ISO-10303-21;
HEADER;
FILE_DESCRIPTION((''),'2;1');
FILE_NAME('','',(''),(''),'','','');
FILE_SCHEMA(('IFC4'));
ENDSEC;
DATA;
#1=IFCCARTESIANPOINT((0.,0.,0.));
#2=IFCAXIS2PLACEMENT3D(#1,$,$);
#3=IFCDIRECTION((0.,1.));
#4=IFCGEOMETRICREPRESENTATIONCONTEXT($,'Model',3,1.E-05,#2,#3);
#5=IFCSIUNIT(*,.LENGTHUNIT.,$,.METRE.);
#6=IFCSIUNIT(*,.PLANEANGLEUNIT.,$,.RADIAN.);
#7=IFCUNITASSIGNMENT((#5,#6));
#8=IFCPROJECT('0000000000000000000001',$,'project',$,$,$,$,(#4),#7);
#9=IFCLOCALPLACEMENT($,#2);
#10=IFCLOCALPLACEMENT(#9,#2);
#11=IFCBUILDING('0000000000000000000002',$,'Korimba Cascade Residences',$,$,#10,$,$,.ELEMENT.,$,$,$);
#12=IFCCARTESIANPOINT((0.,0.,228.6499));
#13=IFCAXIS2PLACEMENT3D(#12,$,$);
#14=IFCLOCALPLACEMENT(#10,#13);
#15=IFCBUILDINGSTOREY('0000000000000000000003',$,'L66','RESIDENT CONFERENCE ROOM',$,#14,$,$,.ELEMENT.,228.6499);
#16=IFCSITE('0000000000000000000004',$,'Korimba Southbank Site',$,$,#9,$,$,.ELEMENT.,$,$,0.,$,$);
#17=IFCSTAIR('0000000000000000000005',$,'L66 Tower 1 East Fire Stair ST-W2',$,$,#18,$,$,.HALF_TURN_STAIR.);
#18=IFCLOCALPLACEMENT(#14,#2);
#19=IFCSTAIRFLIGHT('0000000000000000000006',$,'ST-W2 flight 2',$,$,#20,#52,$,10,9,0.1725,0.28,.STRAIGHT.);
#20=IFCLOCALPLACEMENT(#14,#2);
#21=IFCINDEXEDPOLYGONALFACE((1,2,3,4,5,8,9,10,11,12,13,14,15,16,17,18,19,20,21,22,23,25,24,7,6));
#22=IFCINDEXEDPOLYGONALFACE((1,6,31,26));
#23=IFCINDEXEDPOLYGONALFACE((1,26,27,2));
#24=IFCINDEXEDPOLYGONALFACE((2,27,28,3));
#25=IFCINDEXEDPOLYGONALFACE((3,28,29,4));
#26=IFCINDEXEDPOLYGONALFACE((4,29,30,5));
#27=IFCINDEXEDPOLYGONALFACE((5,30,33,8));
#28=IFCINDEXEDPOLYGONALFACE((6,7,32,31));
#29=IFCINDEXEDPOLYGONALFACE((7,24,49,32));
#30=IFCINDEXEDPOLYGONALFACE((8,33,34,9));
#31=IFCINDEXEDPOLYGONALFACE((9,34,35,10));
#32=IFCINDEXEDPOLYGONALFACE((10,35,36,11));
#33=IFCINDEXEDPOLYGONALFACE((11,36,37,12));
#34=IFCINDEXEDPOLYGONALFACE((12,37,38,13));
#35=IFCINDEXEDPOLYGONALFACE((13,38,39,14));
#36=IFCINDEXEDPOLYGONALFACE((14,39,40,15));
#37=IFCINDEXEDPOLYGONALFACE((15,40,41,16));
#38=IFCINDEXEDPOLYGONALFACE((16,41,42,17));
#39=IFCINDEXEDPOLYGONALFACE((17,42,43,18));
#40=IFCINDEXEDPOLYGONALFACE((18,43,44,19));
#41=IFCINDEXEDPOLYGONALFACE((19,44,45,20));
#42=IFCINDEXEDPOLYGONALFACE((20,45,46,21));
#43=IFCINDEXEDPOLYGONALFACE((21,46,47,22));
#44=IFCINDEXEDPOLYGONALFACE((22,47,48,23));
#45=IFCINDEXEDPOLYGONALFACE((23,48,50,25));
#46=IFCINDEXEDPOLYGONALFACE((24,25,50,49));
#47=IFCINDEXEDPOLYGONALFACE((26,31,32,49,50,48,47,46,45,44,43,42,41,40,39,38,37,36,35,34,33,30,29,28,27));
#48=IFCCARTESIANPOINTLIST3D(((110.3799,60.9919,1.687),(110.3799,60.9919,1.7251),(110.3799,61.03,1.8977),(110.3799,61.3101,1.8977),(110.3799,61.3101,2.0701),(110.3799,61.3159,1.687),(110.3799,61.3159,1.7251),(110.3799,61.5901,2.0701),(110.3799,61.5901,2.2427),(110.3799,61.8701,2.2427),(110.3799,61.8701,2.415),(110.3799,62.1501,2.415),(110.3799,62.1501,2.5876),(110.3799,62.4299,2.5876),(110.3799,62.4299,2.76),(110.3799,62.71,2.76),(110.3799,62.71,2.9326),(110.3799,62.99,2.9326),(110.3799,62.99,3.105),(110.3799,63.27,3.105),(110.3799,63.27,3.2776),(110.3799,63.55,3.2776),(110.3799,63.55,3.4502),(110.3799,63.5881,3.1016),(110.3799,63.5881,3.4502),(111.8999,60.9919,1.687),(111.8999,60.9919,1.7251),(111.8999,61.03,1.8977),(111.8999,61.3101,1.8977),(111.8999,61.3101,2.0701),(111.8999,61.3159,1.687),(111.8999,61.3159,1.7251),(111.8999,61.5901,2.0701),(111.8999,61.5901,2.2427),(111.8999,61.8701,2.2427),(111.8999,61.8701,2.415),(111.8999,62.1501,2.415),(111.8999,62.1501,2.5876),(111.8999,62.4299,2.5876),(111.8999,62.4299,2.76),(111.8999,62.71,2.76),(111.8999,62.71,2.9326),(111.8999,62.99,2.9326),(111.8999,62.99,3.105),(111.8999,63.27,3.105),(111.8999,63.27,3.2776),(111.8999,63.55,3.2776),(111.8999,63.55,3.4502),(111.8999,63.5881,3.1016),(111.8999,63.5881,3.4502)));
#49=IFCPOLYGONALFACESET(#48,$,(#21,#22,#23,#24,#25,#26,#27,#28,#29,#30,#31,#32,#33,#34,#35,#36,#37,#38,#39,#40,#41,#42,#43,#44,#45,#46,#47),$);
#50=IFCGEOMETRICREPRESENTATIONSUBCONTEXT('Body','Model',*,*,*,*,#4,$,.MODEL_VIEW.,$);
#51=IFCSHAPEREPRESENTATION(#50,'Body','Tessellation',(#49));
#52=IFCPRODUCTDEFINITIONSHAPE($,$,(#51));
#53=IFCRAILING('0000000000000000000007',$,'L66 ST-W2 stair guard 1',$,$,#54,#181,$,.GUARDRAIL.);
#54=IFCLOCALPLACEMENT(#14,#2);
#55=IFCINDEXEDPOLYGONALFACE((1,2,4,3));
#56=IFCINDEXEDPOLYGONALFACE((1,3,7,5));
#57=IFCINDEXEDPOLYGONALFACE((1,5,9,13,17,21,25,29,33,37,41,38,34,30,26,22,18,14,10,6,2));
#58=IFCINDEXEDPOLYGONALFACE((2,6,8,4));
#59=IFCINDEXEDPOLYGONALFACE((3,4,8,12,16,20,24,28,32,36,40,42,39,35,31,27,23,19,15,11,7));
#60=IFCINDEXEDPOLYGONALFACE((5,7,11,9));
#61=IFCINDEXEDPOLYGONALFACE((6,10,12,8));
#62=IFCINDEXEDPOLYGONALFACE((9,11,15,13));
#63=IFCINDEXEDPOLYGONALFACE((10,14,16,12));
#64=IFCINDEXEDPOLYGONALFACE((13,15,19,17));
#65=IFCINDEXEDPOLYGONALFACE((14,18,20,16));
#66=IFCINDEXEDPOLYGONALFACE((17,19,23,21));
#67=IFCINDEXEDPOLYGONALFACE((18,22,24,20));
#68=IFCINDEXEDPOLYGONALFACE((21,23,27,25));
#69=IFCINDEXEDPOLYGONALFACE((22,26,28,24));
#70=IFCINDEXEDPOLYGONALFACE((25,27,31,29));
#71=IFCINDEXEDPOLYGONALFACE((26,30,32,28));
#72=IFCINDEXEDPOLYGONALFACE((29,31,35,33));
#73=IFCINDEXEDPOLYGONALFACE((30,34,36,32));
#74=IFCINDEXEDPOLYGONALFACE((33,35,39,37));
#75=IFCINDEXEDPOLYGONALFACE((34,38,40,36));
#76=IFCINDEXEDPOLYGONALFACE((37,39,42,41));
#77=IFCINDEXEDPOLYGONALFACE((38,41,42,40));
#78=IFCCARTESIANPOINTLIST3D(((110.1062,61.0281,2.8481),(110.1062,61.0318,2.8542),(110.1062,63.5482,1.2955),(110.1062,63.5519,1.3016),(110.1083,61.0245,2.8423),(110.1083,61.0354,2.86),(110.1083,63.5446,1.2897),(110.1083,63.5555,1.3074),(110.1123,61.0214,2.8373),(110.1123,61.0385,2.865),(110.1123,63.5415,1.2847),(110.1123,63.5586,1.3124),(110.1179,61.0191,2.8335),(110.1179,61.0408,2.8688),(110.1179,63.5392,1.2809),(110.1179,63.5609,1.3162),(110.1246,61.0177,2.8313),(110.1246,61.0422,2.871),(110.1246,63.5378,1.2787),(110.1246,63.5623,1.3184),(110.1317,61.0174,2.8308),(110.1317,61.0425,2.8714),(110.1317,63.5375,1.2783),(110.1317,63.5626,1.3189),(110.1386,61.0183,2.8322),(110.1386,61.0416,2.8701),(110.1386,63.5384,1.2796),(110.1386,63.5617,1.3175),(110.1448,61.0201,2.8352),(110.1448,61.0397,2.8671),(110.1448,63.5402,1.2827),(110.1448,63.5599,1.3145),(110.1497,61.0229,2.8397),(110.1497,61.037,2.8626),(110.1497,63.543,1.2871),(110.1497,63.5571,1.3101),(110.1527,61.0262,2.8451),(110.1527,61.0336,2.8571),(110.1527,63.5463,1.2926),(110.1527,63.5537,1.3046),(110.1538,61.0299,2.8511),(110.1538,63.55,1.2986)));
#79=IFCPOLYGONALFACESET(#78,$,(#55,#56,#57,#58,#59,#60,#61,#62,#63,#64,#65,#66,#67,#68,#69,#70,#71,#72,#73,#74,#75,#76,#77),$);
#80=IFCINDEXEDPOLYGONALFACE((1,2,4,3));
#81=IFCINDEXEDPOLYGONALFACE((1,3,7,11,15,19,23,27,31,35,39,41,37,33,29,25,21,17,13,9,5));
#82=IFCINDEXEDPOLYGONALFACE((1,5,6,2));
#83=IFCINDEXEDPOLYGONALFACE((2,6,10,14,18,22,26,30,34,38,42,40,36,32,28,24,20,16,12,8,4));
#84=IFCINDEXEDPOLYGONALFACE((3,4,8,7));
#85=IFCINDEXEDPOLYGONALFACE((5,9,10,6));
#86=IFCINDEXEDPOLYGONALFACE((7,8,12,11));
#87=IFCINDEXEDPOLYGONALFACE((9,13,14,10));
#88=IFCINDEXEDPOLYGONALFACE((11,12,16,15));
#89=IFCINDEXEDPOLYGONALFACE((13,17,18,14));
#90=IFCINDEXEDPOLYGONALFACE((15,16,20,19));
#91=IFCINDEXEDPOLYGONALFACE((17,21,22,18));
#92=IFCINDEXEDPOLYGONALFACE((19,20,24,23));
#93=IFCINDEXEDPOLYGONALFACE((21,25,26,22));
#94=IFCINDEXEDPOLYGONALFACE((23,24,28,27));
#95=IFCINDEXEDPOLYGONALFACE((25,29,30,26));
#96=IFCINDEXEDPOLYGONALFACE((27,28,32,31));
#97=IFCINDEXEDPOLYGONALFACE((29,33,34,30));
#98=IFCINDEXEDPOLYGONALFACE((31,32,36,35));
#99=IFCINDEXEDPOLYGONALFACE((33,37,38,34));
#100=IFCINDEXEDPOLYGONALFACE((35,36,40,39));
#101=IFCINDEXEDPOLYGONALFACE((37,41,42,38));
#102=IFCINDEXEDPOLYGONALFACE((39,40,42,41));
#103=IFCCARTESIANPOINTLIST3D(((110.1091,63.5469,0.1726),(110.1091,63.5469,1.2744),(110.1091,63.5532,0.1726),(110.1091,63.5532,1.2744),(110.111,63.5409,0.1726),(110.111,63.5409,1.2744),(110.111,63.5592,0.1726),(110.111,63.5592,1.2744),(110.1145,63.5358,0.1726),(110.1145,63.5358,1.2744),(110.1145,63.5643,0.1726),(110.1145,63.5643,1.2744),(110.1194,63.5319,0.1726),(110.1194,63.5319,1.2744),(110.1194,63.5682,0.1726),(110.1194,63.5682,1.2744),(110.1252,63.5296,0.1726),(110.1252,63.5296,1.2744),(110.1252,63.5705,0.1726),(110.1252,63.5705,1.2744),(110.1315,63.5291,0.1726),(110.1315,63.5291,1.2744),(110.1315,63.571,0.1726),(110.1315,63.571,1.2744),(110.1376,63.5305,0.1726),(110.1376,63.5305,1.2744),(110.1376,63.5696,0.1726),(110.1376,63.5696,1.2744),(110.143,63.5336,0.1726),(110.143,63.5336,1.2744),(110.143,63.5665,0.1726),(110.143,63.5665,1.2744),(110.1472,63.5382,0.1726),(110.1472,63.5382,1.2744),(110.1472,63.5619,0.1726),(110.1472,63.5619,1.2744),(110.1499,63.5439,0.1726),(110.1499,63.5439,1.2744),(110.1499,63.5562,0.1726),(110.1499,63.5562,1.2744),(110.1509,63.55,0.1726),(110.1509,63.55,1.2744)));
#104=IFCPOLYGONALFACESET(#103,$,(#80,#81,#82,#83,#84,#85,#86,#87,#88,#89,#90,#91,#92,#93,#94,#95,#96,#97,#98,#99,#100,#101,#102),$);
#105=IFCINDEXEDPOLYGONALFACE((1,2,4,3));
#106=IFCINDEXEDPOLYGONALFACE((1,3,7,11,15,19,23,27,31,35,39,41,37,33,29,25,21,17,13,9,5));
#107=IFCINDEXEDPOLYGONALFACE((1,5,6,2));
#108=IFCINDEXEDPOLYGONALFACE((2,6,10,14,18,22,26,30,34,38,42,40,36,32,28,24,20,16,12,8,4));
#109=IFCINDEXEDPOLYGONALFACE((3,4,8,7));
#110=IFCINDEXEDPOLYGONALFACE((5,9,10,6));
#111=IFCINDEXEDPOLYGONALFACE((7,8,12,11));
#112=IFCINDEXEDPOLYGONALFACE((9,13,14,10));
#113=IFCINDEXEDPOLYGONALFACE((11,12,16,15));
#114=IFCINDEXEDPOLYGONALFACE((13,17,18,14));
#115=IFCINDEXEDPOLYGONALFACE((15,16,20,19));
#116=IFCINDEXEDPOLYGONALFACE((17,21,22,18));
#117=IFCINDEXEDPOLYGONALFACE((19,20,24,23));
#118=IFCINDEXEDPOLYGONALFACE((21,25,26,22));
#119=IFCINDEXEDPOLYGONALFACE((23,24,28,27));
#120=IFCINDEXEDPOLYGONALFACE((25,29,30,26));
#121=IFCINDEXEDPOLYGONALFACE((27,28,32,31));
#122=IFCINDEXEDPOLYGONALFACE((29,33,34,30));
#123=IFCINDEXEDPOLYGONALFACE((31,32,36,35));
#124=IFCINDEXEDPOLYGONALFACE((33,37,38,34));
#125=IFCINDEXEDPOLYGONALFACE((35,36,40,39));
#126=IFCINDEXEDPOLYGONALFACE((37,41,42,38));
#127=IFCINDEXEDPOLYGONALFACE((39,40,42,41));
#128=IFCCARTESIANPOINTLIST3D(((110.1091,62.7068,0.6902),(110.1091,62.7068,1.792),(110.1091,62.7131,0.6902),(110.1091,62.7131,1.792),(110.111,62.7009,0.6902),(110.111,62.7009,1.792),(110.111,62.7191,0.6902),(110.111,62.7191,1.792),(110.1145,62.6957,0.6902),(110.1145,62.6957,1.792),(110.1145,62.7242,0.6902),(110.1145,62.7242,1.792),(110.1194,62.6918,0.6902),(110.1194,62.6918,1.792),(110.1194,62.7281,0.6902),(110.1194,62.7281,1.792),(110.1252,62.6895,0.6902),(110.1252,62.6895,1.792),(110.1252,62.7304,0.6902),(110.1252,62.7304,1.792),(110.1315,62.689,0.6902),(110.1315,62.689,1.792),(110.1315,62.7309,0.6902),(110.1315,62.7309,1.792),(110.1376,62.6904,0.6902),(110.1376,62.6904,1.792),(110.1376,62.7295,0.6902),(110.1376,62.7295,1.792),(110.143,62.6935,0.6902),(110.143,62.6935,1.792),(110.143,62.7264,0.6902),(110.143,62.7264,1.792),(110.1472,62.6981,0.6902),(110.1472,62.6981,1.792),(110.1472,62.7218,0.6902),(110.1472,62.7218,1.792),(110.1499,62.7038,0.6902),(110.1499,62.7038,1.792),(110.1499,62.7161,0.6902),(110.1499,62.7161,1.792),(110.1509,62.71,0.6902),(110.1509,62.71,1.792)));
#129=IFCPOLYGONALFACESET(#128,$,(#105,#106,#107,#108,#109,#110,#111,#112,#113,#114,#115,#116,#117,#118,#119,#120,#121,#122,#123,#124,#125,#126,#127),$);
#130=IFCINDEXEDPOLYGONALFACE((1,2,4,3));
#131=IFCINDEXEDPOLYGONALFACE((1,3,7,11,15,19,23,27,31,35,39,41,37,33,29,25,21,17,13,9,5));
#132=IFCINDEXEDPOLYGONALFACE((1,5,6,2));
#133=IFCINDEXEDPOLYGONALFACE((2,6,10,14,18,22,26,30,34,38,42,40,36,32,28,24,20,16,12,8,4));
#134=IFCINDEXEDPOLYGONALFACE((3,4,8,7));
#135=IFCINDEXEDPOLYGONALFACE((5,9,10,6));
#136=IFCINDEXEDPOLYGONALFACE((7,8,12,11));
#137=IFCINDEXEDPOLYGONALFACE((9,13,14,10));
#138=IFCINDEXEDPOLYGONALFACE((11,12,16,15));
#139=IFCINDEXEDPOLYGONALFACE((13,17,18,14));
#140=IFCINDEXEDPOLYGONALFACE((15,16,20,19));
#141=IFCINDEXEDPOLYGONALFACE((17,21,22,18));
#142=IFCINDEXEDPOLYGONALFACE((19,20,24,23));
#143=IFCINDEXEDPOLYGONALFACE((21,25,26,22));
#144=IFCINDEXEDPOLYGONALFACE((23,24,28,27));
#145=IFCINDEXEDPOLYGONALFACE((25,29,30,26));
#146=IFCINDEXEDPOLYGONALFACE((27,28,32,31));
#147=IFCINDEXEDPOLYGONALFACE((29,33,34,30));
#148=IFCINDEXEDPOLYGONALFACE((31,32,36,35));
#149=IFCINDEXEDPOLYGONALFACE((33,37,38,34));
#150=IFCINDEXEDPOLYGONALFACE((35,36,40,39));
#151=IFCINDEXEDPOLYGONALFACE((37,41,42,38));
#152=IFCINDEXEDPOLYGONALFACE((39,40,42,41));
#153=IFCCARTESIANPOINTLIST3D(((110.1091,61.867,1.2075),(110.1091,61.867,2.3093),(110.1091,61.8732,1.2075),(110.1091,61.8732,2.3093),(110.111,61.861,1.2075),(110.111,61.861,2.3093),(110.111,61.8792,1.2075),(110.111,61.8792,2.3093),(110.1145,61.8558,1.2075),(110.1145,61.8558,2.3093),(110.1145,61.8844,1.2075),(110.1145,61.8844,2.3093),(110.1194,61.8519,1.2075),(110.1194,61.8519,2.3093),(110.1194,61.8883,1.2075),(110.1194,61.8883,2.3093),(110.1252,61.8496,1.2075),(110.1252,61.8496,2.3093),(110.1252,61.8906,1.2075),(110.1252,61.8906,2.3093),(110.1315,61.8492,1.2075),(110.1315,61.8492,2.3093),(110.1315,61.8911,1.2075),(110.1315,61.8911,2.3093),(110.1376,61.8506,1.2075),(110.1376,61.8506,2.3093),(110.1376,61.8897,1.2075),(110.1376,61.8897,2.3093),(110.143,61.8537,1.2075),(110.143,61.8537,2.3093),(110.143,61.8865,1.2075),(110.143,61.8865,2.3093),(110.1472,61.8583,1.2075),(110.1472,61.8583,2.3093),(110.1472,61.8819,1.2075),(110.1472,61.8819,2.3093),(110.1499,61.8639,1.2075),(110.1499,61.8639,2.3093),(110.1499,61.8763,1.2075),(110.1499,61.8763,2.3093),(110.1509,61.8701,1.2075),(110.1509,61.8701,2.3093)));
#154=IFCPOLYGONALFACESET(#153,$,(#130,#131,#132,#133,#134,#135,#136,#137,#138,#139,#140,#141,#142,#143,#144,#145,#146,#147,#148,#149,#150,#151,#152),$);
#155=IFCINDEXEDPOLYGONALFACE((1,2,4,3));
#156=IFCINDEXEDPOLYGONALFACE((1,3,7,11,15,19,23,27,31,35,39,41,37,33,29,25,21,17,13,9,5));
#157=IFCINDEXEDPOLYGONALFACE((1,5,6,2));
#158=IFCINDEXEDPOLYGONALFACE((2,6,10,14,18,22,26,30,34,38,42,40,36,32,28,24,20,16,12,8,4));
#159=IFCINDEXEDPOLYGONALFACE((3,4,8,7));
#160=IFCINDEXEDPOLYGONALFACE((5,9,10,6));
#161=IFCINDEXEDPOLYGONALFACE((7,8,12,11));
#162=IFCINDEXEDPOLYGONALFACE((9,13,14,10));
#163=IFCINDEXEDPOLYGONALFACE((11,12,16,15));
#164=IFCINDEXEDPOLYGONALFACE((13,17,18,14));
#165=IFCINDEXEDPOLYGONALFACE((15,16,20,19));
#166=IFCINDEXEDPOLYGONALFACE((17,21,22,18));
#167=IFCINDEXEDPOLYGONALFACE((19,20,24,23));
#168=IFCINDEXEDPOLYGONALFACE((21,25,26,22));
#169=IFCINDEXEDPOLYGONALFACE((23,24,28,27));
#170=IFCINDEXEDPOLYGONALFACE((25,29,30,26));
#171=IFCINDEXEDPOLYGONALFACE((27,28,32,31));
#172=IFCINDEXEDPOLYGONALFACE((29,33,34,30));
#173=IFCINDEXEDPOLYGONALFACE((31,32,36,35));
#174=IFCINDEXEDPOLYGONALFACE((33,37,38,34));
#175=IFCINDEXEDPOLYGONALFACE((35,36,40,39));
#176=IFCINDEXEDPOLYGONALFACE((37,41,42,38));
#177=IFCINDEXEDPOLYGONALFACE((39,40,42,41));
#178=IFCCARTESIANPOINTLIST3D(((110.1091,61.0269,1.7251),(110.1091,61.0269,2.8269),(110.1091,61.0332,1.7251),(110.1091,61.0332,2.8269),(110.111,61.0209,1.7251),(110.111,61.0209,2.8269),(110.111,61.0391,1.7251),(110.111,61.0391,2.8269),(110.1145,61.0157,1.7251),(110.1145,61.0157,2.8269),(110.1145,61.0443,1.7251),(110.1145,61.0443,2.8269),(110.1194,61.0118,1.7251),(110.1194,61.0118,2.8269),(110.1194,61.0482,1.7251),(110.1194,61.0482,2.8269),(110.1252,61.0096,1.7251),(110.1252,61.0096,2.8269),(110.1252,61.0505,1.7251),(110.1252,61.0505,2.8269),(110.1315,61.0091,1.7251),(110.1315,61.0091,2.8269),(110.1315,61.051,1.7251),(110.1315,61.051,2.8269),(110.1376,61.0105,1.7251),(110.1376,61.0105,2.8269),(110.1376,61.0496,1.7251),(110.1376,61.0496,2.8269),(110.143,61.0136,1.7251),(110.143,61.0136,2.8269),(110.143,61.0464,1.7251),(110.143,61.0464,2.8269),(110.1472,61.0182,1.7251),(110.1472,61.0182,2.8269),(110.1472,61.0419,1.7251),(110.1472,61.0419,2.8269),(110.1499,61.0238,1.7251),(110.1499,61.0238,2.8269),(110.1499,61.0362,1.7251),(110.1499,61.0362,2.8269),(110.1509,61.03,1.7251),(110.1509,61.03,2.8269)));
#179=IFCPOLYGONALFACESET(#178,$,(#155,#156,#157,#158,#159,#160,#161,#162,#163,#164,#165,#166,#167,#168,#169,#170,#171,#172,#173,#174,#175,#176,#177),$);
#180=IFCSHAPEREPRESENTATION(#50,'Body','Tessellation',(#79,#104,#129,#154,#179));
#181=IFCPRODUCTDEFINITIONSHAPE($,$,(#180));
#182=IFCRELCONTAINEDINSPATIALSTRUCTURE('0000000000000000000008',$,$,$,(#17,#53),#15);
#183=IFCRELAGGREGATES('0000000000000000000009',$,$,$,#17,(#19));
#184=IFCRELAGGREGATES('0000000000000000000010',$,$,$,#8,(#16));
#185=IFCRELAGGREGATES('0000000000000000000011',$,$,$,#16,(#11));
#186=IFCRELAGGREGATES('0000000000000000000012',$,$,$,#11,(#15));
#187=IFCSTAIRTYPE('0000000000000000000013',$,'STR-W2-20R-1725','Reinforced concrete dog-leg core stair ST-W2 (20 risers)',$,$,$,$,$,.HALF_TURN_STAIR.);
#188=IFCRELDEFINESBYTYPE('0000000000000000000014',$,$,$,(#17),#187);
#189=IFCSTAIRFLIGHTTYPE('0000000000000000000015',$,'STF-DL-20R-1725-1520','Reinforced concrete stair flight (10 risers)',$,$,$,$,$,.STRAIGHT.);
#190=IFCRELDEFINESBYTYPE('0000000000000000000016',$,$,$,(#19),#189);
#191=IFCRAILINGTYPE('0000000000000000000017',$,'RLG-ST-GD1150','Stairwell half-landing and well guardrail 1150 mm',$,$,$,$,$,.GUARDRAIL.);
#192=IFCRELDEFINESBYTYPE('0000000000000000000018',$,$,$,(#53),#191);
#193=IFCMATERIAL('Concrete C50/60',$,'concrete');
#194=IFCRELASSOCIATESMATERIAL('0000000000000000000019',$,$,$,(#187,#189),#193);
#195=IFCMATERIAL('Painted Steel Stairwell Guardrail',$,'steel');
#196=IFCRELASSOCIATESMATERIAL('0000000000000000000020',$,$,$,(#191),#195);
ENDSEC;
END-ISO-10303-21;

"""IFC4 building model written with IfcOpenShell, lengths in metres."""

from ifc_helpers import new_model, si_unit, direction, frame, origin, origin_2d, place, context, subcontext, project, spatial, polyline, circle, outline, extrude, material, type_object, element, aggregate, save


model = new_model("IFC4")

# Units and contexts
model_context = context("Model", 3, precision=1e-05, world=origin(), true_north=direction((0.0, 1.0)))
body_context = subcontext(model_context, "Body", "Model", "MODEL_VIEW")
ifc_project = project(units=[si_unit("LENGTHUNIT", "METRE"), si_unit("PLANEANGLEUNIT", "RADIAN")], contexts=[model_context])

# Site, building, storey
site_placement = place(None, origin())
site = spatial("IfcSite", under=ifc_project, at=site_placement, Name="Korimba Southbank Site", CompositionType="ELEMENT", RefElevation=0.0)
building_placement = place(site_placement, origin())
building = spatial("IfcBuilding", under=site, at=building_placement, Name="Korimba Cascade Residences", CompositionType="ELEMENT")
storey_placement = place(building_placement, frame((0.0, 0.0, 228.6499)))
storey = spatial("IfcBuildingStorey", under=building, at=storey_placement, Name="L66", Description="RESIDENT CONFERENCE ROOM", CompositionType="ELEMENT", Elevation=228.6499)

# Shared definitions
ifc_material_1 = material(Name="Concrete C50/60", Category="concrete")

# Stair, stair flight
stair_type = type_object("IfcStairType", Name="STR-W2-20R-1725", Description="Reinforced concrete dog-leg core stair ST-W2 (20 risers)", PredefinedType="HALF_TURN_STAIR", material=ifc_material_1)
stair_placement = place(storey_placement, origin())
stair = element("IfcStair", 1, at=stair_placement, inside=storey, type_object=stair_type, Name="L66 Tower 1 East Fire Stair ST-W2", PredefinedType="HALF_TURN_STAIR")
stair_flight_type = type_object("IfcStairFlightType", Name="STF-DL-20R-1725-1520", Description="Reinforced concrete stair flight (10 risers)", PredefinedType="STRAIGHT", material=ifc_material_1)
stair_flight_1_placement = place(storey_placement, frame((111.1399, 61.03, 1.7251), z_axis=(0.0, 0.0, 1.0), x_axis=(0.0, 1.0, 0.0)))
stair_flight_1 = element("IfcStairFlight", 2, at=stair_flight_1_placement, type_object=stair_flight_type, Name="ST-W2 flight 2", NumberOfRisers=10, NumberOfTreads=9, PredefinedType="STRAIGHT", RiserHeight=0.1725, TreadLength=0.28, context=body_context, shape_type="SweptSolid", body=[
    extrude(outline(polyline([(-0.0381, 0.0), (0.0, 0.1726), (0.28, 0.1726), (0.28, 0.345), (0.5601, 0.345), (0.5601, 0.5176), (0.8401, 0.5176), (0.8401, 0.6899), (1.1201, 0.6899), (1.1201, 0.8625), (1.3999, 0.8625), (1.3999, 1.0349), (1.6799, 1.0349), (1.6799, 1.2075), (1.96, 1.2075), (1.96, 1.3799), (2.24, 1.3799), (2.24, 1.5525), (2.52, 1.5525), (2.52, 1.7251), (2.5581, 1.7251), (2.5581, 1.3765), (0.2859, 0.0), (0.2859, -0.0381), (-0.0381, -0.0381), (-0.0381, 0.0)])), frame((0.0, 0.76, 0.0), z_axis=(0.0, -1.0, 0.0), x_axis=(1.0, 0.0, 0.0)), (0.0, 0.0, 1.0), 1.52),
])
aggregate(stair, [stair_flight_1])

# Railing
ifc_material_2 = material(Name="Painted Steel Stairwell Guardrail", Category="steel")
railing_type_1 = type_object("IfcRailingType", Name="RLG-ST-GD1150", Description="Stairwell half-landing and well guardrail 1150 mm", PredefinedType="GUARDRAIL", material=ifc_material_2)
railing_1_placement = place(storey_placement, frame((110.1299, 63.55, 0.1726)))
element("IfcRailing", 3, at=railing_1_placement, inside=storey, type_object=railing_type_1, Name="L66 ST-W2 stair guard 1", PredefinedType="GUARDRAIL", context=body_context, shape_type="SweptSolid", body=[
    extrude(circle(Radius=0.0239, at=origin_2d()), frame((0.0, 0.0, 1.126), z_axis=(0.0, -0.8514, 0.524516), x_axis=(1.0, 0.0, 0.0)), (0.0, 0.0, 1.0), 2.96),
    extrude(circle(Radius=0.021, at=origin_2d()), origin(), (0.0, 0.0, 1.0), 1.1018),
    extrude(circle(Radius=0.021, at=origin_2d()), frame((0.0, -0.8401, 0.5176)), (0.0, 0.0, 1.0), 1.1018),
    extrude(circle(Radius=0.021, at=origin_2d()), frame((0.0, -1.6799, 1.0349)), (0.0, 0.0, 1.0), 1.1018),
    extrude(circle(Radius=0.021, at=origin_2d()), frame((0.0, -2.52, 1.5525)), (0.0, 0.0, 1.0), 1.1018),
])

save(model, "model.ifc")
